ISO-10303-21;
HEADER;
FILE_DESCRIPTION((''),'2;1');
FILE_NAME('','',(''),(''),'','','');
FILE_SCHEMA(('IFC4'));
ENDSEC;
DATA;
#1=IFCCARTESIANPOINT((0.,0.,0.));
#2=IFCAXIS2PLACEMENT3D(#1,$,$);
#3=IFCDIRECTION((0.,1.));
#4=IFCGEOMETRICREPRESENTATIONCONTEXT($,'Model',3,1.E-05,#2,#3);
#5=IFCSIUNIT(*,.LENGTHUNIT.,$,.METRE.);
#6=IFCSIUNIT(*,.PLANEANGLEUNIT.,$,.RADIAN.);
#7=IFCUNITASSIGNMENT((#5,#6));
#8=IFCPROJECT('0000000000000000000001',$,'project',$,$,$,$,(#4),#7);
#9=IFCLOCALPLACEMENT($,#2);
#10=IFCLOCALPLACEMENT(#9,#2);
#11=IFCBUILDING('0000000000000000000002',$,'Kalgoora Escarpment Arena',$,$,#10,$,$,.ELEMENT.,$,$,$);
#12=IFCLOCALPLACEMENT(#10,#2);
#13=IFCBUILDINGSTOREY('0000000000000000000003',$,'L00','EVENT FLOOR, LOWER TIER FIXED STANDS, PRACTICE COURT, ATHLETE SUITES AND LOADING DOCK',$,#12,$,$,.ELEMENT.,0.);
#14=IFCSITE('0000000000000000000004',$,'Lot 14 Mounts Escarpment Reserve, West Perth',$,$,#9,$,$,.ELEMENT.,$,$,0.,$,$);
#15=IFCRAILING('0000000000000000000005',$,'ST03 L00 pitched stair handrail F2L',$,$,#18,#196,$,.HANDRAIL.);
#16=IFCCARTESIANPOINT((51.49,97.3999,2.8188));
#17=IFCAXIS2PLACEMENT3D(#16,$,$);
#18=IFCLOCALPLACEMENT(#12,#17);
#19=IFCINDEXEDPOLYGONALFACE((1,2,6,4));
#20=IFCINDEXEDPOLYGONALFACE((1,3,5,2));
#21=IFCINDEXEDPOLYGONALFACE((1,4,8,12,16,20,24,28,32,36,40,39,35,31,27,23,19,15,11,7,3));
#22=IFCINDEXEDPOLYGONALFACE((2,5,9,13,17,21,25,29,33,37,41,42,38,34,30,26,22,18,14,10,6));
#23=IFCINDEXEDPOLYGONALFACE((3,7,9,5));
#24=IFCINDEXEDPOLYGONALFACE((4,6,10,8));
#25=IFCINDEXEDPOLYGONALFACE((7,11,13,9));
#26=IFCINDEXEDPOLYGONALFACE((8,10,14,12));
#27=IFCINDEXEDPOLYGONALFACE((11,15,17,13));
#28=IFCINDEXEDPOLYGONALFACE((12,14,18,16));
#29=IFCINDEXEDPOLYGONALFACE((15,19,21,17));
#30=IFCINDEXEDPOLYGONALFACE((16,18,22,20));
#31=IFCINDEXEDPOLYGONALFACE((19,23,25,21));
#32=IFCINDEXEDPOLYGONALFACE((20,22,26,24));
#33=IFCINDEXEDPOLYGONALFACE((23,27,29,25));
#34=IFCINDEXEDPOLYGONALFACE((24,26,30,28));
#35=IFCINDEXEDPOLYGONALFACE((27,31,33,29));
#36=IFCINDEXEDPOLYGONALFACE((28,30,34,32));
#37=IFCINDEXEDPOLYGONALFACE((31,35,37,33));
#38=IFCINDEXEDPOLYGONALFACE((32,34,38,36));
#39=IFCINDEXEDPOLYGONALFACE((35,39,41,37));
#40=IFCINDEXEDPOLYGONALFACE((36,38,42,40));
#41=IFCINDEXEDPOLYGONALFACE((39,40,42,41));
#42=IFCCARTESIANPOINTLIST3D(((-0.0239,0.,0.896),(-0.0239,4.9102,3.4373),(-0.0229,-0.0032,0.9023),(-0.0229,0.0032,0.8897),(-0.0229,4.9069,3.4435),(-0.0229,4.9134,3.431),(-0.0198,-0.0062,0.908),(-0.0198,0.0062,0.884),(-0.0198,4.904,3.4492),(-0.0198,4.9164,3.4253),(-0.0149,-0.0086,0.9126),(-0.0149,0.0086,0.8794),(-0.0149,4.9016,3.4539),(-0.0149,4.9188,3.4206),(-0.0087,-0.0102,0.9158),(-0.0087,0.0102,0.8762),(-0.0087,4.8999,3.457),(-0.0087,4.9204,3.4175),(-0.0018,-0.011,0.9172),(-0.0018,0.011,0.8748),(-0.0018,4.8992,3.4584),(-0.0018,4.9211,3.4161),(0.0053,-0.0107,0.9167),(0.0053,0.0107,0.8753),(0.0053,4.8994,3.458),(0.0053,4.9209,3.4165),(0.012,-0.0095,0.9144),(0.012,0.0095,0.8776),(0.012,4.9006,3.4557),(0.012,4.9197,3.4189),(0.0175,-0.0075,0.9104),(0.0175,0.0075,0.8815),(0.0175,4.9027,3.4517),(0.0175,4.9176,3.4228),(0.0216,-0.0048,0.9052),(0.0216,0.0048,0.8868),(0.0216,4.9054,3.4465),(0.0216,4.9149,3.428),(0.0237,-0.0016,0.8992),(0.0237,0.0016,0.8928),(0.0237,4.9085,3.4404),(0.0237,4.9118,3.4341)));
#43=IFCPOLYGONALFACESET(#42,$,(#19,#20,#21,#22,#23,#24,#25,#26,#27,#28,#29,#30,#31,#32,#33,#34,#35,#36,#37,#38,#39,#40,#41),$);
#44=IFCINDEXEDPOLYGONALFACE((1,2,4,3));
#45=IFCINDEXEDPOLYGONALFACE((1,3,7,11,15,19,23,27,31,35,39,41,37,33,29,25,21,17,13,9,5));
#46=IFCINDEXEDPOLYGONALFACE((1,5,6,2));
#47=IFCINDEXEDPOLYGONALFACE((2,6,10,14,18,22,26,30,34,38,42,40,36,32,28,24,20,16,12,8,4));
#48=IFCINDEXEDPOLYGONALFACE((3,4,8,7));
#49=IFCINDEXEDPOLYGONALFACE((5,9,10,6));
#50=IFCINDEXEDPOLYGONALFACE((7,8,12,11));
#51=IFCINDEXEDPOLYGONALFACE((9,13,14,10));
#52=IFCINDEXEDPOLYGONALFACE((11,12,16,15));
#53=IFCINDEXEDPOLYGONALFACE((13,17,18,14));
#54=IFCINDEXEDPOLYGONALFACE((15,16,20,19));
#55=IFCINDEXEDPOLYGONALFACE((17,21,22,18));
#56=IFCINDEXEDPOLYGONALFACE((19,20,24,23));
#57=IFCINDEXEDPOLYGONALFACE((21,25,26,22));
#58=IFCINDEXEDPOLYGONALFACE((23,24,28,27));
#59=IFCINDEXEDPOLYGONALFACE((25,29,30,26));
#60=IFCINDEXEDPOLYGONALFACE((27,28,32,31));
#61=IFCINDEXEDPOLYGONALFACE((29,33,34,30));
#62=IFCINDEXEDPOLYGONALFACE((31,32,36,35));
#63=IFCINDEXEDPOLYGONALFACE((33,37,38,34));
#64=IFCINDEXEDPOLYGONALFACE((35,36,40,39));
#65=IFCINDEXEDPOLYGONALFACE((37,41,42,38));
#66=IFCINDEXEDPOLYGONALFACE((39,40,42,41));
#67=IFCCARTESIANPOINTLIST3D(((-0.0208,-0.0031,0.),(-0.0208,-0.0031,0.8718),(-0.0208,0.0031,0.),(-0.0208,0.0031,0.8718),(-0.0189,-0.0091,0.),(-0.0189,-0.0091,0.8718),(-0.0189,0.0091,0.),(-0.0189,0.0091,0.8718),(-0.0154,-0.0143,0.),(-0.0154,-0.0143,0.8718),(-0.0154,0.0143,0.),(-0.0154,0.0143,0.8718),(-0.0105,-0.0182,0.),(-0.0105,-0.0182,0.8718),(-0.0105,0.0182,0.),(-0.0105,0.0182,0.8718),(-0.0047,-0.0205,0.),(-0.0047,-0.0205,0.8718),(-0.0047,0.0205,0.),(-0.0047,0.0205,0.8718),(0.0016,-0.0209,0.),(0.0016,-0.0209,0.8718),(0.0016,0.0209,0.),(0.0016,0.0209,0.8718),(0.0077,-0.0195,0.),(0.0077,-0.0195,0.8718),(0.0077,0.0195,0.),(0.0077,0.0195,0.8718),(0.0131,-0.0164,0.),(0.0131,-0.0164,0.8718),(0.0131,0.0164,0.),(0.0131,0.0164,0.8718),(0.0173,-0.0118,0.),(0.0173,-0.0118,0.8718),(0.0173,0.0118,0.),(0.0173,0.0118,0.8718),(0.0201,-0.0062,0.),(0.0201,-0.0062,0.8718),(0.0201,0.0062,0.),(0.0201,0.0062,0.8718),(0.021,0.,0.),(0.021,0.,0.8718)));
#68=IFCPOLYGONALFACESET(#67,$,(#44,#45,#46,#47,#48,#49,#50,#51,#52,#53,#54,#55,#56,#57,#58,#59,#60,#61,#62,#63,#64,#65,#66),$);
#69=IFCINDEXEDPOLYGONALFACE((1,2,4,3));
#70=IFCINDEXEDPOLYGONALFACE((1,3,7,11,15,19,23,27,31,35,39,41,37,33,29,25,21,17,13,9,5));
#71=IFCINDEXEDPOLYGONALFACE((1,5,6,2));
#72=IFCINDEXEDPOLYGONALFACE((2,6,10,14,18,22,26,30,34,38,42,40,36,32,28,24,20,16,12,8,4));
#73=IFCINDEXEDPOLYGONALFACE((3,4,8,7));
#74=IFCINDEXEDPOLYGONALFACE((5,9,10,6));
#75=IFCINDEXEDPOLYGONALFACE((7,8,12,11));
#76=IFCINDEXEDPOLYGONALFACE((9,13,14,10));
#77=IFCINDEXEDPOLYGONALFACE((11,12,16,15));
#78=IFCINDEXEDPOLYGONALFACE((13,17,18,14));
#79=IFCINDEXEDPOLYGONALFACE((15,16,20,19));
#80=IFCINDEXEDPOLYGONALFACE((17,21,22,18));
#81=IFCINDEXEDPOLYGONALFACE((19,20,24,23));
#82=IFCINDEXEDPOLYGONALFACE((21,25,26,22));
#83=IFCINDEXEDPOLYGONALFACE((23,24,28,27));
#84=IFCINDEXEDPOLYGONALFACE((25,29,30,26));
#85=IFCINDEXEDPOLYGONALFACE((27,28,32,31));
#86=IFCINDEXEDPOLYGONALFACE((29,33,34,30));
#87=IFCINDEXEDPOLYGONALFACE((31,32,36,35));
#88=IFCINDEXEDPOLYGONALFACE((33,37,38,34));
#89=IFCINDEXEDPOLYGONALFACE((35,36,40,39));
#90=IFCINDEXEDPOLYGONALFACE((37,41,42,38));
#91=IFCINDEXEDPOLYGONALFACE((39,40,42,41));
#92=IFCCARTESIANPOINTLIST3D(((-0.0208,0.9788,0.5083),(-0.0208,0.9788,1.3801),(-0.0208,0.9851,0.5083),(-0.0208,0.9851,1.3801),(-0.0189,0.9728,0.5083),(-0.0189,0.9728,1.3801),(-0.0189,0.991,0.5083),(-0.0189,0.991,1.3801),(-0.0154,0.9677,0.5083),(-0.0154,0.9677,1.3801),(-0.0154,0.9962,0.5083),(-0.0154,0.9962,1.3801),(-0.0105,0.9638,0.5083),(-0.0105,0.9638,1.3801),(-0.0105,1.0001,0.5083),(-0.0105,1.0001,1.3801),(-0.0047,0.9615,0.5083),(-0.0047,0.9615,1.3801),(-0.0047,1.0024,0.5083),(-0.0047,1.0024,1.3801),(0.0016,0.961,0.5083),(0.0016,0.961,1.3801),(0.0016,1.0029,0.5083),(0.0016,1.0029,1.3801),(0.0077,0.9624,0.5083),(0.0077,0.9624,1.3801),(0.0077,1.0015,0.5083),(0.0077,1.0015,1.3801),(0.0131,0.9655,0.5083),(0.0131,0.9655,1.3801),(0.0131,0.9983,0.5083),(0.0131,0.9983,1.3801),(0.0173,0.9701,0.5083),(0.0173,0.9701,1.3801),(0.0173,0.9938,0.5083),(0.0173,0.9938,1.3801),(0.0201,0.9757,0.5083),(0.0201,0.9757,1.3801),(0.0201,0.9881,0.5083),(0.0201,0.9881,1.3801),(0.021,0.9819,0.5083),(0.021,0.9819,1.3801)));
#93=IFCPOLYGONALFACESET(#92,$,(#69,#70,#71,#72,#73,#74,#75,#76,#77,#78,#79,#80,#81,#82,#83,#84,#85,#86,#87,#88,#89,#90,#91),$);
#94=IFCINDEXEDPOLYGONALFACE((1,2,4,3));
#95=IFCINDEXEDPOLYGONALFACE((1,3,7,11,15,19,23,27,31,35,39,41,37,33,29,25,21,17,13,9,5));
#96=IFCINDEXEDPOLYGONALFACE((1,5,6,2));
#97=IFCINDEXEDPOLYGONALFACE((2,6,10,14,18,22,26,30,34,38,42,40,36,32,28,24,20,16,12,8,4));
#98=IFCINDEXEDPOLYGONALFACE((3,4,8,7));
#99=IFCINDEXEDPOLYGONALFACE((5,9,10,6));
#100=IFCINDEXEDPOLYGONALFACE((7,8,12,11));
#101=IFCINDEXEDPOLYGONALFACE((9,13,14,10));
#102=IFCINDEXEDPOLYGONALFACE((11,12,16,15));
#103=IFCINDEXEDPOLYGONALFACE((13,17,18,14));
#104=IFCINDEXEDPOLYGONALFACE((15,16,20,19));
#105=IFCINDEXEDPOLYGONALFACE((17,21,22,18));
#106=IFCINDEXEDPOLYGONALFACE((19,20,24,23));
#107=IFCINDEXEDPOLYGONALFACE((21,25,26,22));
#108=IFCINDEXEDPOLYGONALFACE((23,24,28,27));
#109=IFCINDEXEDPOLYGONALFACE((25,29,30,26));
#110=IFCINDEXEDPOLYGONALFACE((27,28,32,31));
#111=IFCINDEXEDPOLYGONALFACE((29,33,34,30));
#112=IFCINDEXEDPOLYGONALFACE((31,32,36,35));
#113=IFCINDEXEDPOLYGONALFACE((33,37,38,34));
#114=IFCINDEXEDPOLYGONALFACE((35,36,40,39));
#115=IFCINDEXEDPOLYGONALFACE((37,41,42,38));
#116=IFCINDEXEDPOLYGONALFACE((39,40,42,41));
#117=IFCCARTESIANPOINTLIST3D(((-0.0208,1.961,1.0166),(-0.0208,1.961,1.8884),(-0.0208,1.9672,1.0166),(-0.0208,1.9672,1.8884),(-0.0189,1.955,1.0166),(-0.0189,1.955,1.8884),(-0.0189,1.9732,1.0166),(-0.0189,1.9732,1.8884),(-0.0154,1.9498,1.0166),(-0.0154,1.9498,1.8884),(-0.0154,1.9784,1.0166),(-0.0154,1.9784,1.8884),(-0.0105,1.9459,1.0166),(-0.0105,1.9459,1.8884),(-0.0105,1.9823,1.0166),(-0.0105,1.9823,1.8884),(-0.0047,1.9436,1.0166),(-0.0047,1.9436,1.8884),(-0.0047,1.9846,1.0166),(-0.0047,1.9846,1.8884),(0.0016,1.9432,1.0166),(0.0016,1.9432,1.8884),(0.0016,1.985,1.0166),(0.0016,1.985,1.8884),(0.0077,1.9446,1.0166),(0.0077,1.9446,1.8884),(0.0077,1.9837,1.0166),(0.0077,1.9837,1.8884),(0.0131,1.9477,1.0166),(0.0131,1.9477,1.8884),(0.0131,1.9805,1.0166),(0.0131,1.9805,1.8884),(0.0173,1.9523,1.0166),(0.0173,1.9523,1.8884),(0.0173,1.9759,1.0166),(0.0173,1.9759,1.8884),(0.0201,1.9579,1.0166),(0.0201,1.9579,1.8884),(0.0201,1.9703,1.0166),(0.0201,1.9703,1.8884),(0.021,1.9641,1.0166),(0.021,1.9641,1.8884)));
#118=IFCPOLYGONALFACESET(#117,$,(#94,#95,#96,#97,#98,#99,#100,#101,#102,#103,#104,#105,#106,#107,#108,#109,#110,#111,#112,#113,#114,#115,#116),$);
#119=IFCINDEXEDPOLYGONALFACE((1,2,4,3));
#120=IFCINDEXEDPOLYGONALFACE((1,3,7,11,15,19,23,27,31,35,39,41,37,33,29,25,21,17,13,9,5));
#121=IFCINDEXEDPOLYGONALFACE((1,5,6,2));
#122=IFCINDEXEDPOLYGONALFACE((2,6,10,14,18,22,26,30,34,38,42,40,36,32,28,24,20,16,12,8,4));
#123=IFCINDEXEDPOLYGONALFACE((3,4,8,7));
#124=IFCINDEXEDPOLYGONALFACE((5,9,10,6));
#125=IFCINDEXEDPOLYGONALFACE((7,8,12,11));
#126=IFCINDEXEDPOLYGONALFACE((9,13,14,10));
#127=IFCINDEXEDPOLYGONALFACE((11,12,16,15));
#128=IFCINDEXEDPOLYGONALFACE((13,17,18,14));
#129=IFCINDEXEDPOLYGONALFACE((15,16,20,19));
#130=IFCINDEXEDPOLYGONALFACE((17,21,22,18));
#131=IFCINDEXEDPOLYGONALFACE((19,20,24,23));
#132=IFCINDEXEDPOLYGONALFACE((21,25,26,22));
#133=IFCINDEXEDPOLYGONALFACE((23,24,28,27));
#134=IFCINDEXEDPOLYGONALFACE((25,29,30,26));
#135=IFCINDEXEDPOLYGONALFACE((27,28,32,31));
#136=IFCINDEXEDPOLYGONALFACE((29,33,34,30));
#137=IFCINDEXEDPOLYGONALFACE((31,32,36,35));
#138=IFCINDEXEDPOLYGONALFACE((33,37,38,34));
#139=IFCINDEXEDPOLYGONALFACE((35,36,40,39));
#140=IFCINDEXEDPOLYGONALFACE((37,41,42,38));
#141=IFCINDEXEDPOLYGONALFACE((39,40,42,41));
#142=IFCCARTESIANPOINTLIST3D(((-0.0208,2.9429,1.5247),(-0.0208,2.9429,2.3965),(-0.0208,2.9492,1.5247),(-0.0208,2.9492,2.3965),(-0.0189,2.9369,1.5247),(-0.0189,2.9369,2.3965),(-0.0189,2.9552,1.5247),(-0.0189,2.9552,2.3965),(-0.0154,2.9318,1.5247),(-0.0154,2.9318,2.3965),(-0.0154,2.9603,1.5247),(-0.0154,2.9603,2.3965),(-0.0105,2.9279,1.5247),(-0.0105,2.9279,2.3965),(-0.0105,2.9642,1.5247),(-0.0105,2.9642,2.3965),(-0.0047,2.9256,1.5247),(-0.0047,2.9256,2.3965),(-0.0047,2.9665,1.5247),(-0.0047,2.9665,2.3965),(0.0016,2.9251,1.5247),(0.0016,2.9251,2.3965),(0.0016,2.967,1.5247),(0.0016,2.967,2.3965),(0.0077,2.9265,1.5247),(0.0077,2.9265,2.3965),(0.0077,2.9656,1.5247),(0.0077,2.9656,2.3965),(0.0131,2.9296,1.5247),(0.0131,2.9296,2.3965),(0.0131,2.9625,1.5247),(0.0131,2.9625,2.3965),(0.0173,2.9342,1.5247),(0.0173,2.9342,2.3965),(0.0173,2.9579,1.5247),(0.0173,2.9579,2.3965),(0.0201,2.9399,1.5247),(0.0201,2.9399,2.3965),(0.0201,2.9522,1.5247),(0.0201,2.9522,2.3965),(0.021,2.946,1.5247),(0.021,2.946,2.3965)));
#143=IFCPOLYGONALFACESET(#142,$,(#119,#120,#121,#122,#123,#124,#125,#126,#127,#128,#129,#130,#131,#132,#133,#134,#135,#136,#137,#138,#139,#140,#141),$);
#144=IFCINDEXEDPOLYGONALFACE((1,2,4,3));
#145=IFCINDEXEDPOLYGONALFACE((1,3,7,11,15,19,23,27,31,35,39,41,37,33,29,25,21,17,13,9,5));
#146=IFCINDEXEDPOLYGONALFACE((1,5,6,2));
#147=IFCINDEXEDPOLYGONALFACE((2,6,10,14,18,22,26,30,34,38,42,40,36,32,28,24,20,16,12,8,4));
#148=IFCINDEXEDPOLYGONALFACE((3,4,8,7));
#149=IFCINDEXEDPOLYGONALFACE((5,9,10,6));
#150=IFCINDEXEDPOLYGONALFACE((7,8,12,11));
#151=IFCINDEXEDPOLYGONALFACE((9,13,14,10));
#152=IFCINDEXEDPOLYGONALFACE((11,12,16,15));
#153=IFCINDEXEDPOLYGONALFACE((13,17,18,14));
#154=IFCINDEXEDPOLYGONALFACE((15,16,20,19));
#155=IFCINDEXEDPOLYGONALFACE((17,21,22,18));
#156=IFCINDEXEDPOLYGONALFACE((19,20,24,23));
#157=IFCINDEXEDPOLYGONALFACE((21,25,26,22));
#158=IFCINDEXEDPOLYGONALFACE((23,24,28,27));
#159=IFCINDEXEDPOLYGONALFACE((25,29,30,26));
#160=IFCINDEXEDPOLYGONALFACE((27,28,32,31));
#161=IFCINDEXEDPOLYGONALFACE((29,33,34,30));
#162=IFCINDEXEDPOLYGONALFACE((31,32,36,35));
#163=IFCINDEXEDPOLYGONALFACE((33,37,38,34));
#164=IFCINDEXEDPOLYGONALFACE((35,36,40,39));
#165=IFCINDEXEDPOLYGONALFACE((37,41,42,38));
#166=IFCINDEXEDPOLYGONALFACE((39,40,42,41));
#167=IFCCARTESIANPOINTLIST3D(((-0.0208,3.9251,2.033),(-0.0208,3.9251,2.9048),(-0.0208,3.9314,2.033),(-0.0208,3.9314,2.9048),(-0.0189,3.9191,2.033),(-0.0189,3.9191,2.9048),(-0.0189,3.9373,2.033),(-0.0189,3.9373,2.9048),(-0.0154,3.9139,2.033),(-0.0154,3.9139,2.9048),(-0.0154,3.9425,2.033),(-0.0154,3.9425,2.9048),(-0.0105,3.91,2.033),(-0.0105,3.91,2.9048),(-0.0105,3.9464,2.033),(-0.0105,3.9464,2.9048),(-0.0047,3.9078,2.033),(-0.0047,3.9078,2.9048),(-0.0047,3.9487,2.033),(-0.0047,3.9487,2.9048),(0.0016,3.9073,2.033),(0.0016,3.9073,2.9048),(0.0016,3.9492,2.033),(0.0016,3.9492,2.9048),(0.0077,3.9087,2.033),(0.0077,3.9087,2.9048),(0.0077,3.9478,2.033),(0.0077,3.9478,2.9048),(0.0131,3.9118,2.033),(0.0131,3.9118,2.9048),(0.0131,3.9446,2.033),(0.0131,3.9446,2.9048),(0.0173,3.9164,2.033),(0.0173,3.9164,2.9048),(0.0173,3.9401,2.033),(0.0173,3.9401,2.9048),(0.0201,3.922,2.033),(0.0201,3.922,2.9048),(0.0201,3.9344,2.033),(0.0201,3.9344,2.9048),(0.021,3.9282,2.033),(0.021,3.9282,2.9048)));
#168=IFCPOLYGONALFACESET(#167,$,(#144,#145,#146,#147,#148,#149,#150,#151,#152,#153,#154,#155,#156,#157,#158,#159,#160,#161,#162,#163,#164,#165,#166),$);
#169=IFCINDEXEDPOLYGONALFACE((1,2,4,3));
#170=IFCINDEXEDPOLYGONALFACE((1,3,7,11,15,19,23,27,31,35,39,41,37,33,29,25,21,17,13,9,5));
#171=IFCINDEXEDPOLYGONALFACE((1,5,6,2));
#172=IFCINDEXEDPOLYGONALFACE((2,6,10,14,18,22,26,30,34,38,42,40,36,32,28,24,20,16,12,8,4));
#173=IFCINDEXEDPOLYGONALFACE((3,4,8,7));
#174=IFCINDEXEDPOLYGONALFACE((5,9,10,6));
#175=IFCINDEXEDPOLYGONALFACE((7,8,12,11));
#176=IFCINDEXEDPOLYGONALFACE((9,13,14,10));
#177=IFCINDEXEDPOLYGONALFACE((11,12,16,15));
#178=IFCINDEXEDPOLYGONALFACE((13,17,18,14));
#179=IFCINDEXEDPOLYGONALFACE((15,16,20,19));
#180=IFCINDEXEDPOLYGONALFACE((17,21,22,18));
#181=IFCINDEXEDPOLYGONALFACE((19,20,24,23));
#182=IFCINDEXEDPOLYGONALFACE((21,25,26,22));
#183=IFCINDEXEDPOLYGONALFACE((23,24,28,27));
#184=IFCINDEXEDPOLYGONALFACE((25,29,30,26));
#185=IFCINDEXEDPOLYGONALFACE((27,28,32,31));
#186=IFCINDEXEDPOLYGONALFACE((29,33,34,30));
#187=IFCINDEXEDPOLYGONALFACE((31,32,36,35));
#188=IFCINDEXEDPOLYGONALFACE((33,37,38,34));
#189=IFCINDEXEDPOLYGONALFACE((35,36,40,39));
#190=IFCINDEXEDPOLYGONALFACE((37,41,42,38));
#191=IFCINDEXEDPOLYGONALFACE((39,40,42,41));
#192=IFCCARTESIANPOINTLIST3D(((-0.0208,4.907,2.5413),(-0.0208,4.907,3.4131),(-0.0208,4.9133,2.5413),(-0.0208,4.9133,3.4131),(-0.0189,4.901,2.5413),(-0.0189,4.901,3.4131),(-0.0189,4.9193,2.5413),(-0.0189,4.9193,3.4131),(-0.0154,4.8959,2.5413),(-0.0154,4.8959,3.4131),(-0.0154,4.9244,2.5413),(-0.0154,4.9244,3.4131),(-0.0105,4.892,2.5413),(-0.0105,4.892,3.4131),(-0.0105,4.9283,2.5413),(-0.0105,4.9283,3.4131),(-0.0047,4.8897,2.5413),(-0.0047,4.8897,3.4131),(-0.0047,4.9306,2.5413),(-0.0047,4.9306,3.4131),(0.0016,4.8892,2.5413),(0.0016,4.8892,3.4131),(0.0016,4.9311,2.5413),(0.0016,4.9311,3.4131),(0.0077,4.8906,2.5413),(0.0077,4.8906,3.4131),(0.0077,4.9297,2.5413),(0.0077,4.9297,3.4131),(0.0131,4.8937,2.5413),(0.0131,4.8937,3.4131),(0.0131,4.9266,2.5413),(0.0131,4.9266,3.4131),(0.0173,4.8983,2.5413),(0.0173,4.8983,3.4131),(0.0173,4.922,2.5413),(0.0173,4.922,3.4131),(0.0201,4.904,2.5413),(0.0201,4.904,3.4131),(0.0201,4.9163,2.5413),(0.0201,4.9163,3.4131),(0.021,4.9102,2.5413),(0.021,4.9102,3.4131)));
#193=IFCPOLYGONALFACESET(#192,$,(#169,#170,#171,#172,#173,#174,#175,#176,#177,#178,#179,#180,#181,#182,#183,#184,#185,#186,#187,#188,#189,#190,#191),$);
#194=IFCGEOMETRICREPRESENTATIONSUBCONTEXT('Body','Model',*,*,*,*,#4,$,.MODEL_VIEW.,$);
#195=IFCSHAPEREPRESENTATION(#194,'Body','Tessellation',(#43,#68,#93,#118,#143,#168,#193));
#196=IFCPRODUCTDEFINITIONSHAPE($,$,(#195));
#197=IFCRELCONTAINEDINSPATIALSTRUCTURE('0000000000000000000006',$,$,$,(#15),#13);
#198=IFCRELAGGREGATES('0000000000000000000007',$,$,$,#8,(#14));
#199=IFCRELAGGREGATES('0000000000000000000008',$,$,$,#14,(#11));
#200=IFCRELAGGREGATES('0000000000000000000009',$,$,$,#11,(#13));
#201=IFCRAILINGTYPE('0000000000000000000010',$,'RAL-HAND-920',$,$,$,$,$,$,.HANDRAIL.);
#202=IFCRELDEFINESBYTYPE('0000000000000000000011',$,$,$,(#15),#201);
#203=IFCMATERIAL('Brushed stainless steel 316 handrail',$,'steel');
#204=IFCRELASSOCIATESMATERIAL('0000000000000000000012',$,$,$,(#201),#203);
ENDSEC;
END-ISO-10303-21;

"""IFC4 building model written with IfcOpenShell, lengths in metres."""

from ifc_helpers import new_model, si_unit, direction, frame, origin, origin_2d, place, context, subcontext, project, spatial, circle, extrude, material, type_object, element, save


model = new_model("IFC4")

# Units and contexts
model_context = context("Model", 3, precision=1e-05, world=origin(), true_north=direction((0.0, 1.0)))
body_context = subcontext(model_context, "Body", "Model", "MODEL_VIEW")
ifc_project = project(units=[si_unit("LENGTHUNIT", "METRE"), si_unit("PLANEANGLEUNIT", "RADIAN")], contexts=[model_context])

# Site, building, storey
site_placement = place(None, origin())
site = spatial("IfcSite", under=ifc_project, at=site_placement, Name="Lot 14 Mounts Escarpment Reserve, West Perth", CompositionType="ELEMENT", RefElevation=0.0)
building_placement = place(site_placement, origin())
building = spatial("IfcBuilding", under=site, at=building_placement, Name="Kalgoora Escarpment Arena", CompositionType="ELEMENT")
storey_placement = place(building_placement, origin())
storey = spatial("IfcBuildingStorey", under=building, at=storey_placement, Name="L00", Description="EVENT FLOOR, LOWER TIER FIXED STANDS, PRACTICE COURT, ATHLETE SUITES AND LOADING DOCK", CompositionType="ELEMENT", Elevation=0.0)

# Railing
ifc_material_1 = material(Name="Brushed stainless steel 316 handrail", Category="steel")
railing_type = type_object("IfcRailingType", Name="RAL-HAND-920", PredefinedType="HANDRAIL", material=ifc_material_1)
for number, where, name in (
    (1, (51.49, 97.3999, 2.8188), "ST03 L00 pitched stair handrail F2L"),
):
    element("IfcRailing", number, at=place(storey_placement, frame(where)), inside=storey, type_object=railing_type, Name=name, PredefinedType="HANDRAIL", context=body_context, shape_type="SweptSolid", body=[
        extrude(circle(Radius=0.0239, at=origin_2d()), frame((0.0, 0.0, 0.896), z_axis=(0.0, 0.888105, 0.45964), x_axis=(-1.0, 0.0, 0.0)), (0.0, 0.0, 1.0), 5.5288),
        extrude(circle(Radius=0.021, at=origin_2d()), origin(), (0.0, 0.0, 1.0), 0.8718),
        extrude(circle(Radius=0.021, at=origin_2d()), frame((0.0, 0.9819, 0.5083)), (0.0, 0.0, 1.0), 0.8718),
        extrude(circle(Radius=0.021, at=origin_2d()), frame((0.0, 1.9641, 1.0166)), (0.0, 0.0, 1.0), 0.8718),
        extrude(circle(Radius=0.021, at=origin_2d()), frame((0.0, 2.946, 1.5247)), (0.0, 0.0, 1.0), 0.8718),
        extrude(circle(Radius=0.021, at=origin_2d()), frame((0.0, 3.9282, 2.033)), (0.0, 0.0, 1.0), 0.8718),
        extrude(circle(Radius=0.021, at=origin_2d()), frame((0.0, 4.9102, 2.5413)), (0.0, 0.0, 1.0), 0.8718),
    ])

save(model, "model.ifc")
